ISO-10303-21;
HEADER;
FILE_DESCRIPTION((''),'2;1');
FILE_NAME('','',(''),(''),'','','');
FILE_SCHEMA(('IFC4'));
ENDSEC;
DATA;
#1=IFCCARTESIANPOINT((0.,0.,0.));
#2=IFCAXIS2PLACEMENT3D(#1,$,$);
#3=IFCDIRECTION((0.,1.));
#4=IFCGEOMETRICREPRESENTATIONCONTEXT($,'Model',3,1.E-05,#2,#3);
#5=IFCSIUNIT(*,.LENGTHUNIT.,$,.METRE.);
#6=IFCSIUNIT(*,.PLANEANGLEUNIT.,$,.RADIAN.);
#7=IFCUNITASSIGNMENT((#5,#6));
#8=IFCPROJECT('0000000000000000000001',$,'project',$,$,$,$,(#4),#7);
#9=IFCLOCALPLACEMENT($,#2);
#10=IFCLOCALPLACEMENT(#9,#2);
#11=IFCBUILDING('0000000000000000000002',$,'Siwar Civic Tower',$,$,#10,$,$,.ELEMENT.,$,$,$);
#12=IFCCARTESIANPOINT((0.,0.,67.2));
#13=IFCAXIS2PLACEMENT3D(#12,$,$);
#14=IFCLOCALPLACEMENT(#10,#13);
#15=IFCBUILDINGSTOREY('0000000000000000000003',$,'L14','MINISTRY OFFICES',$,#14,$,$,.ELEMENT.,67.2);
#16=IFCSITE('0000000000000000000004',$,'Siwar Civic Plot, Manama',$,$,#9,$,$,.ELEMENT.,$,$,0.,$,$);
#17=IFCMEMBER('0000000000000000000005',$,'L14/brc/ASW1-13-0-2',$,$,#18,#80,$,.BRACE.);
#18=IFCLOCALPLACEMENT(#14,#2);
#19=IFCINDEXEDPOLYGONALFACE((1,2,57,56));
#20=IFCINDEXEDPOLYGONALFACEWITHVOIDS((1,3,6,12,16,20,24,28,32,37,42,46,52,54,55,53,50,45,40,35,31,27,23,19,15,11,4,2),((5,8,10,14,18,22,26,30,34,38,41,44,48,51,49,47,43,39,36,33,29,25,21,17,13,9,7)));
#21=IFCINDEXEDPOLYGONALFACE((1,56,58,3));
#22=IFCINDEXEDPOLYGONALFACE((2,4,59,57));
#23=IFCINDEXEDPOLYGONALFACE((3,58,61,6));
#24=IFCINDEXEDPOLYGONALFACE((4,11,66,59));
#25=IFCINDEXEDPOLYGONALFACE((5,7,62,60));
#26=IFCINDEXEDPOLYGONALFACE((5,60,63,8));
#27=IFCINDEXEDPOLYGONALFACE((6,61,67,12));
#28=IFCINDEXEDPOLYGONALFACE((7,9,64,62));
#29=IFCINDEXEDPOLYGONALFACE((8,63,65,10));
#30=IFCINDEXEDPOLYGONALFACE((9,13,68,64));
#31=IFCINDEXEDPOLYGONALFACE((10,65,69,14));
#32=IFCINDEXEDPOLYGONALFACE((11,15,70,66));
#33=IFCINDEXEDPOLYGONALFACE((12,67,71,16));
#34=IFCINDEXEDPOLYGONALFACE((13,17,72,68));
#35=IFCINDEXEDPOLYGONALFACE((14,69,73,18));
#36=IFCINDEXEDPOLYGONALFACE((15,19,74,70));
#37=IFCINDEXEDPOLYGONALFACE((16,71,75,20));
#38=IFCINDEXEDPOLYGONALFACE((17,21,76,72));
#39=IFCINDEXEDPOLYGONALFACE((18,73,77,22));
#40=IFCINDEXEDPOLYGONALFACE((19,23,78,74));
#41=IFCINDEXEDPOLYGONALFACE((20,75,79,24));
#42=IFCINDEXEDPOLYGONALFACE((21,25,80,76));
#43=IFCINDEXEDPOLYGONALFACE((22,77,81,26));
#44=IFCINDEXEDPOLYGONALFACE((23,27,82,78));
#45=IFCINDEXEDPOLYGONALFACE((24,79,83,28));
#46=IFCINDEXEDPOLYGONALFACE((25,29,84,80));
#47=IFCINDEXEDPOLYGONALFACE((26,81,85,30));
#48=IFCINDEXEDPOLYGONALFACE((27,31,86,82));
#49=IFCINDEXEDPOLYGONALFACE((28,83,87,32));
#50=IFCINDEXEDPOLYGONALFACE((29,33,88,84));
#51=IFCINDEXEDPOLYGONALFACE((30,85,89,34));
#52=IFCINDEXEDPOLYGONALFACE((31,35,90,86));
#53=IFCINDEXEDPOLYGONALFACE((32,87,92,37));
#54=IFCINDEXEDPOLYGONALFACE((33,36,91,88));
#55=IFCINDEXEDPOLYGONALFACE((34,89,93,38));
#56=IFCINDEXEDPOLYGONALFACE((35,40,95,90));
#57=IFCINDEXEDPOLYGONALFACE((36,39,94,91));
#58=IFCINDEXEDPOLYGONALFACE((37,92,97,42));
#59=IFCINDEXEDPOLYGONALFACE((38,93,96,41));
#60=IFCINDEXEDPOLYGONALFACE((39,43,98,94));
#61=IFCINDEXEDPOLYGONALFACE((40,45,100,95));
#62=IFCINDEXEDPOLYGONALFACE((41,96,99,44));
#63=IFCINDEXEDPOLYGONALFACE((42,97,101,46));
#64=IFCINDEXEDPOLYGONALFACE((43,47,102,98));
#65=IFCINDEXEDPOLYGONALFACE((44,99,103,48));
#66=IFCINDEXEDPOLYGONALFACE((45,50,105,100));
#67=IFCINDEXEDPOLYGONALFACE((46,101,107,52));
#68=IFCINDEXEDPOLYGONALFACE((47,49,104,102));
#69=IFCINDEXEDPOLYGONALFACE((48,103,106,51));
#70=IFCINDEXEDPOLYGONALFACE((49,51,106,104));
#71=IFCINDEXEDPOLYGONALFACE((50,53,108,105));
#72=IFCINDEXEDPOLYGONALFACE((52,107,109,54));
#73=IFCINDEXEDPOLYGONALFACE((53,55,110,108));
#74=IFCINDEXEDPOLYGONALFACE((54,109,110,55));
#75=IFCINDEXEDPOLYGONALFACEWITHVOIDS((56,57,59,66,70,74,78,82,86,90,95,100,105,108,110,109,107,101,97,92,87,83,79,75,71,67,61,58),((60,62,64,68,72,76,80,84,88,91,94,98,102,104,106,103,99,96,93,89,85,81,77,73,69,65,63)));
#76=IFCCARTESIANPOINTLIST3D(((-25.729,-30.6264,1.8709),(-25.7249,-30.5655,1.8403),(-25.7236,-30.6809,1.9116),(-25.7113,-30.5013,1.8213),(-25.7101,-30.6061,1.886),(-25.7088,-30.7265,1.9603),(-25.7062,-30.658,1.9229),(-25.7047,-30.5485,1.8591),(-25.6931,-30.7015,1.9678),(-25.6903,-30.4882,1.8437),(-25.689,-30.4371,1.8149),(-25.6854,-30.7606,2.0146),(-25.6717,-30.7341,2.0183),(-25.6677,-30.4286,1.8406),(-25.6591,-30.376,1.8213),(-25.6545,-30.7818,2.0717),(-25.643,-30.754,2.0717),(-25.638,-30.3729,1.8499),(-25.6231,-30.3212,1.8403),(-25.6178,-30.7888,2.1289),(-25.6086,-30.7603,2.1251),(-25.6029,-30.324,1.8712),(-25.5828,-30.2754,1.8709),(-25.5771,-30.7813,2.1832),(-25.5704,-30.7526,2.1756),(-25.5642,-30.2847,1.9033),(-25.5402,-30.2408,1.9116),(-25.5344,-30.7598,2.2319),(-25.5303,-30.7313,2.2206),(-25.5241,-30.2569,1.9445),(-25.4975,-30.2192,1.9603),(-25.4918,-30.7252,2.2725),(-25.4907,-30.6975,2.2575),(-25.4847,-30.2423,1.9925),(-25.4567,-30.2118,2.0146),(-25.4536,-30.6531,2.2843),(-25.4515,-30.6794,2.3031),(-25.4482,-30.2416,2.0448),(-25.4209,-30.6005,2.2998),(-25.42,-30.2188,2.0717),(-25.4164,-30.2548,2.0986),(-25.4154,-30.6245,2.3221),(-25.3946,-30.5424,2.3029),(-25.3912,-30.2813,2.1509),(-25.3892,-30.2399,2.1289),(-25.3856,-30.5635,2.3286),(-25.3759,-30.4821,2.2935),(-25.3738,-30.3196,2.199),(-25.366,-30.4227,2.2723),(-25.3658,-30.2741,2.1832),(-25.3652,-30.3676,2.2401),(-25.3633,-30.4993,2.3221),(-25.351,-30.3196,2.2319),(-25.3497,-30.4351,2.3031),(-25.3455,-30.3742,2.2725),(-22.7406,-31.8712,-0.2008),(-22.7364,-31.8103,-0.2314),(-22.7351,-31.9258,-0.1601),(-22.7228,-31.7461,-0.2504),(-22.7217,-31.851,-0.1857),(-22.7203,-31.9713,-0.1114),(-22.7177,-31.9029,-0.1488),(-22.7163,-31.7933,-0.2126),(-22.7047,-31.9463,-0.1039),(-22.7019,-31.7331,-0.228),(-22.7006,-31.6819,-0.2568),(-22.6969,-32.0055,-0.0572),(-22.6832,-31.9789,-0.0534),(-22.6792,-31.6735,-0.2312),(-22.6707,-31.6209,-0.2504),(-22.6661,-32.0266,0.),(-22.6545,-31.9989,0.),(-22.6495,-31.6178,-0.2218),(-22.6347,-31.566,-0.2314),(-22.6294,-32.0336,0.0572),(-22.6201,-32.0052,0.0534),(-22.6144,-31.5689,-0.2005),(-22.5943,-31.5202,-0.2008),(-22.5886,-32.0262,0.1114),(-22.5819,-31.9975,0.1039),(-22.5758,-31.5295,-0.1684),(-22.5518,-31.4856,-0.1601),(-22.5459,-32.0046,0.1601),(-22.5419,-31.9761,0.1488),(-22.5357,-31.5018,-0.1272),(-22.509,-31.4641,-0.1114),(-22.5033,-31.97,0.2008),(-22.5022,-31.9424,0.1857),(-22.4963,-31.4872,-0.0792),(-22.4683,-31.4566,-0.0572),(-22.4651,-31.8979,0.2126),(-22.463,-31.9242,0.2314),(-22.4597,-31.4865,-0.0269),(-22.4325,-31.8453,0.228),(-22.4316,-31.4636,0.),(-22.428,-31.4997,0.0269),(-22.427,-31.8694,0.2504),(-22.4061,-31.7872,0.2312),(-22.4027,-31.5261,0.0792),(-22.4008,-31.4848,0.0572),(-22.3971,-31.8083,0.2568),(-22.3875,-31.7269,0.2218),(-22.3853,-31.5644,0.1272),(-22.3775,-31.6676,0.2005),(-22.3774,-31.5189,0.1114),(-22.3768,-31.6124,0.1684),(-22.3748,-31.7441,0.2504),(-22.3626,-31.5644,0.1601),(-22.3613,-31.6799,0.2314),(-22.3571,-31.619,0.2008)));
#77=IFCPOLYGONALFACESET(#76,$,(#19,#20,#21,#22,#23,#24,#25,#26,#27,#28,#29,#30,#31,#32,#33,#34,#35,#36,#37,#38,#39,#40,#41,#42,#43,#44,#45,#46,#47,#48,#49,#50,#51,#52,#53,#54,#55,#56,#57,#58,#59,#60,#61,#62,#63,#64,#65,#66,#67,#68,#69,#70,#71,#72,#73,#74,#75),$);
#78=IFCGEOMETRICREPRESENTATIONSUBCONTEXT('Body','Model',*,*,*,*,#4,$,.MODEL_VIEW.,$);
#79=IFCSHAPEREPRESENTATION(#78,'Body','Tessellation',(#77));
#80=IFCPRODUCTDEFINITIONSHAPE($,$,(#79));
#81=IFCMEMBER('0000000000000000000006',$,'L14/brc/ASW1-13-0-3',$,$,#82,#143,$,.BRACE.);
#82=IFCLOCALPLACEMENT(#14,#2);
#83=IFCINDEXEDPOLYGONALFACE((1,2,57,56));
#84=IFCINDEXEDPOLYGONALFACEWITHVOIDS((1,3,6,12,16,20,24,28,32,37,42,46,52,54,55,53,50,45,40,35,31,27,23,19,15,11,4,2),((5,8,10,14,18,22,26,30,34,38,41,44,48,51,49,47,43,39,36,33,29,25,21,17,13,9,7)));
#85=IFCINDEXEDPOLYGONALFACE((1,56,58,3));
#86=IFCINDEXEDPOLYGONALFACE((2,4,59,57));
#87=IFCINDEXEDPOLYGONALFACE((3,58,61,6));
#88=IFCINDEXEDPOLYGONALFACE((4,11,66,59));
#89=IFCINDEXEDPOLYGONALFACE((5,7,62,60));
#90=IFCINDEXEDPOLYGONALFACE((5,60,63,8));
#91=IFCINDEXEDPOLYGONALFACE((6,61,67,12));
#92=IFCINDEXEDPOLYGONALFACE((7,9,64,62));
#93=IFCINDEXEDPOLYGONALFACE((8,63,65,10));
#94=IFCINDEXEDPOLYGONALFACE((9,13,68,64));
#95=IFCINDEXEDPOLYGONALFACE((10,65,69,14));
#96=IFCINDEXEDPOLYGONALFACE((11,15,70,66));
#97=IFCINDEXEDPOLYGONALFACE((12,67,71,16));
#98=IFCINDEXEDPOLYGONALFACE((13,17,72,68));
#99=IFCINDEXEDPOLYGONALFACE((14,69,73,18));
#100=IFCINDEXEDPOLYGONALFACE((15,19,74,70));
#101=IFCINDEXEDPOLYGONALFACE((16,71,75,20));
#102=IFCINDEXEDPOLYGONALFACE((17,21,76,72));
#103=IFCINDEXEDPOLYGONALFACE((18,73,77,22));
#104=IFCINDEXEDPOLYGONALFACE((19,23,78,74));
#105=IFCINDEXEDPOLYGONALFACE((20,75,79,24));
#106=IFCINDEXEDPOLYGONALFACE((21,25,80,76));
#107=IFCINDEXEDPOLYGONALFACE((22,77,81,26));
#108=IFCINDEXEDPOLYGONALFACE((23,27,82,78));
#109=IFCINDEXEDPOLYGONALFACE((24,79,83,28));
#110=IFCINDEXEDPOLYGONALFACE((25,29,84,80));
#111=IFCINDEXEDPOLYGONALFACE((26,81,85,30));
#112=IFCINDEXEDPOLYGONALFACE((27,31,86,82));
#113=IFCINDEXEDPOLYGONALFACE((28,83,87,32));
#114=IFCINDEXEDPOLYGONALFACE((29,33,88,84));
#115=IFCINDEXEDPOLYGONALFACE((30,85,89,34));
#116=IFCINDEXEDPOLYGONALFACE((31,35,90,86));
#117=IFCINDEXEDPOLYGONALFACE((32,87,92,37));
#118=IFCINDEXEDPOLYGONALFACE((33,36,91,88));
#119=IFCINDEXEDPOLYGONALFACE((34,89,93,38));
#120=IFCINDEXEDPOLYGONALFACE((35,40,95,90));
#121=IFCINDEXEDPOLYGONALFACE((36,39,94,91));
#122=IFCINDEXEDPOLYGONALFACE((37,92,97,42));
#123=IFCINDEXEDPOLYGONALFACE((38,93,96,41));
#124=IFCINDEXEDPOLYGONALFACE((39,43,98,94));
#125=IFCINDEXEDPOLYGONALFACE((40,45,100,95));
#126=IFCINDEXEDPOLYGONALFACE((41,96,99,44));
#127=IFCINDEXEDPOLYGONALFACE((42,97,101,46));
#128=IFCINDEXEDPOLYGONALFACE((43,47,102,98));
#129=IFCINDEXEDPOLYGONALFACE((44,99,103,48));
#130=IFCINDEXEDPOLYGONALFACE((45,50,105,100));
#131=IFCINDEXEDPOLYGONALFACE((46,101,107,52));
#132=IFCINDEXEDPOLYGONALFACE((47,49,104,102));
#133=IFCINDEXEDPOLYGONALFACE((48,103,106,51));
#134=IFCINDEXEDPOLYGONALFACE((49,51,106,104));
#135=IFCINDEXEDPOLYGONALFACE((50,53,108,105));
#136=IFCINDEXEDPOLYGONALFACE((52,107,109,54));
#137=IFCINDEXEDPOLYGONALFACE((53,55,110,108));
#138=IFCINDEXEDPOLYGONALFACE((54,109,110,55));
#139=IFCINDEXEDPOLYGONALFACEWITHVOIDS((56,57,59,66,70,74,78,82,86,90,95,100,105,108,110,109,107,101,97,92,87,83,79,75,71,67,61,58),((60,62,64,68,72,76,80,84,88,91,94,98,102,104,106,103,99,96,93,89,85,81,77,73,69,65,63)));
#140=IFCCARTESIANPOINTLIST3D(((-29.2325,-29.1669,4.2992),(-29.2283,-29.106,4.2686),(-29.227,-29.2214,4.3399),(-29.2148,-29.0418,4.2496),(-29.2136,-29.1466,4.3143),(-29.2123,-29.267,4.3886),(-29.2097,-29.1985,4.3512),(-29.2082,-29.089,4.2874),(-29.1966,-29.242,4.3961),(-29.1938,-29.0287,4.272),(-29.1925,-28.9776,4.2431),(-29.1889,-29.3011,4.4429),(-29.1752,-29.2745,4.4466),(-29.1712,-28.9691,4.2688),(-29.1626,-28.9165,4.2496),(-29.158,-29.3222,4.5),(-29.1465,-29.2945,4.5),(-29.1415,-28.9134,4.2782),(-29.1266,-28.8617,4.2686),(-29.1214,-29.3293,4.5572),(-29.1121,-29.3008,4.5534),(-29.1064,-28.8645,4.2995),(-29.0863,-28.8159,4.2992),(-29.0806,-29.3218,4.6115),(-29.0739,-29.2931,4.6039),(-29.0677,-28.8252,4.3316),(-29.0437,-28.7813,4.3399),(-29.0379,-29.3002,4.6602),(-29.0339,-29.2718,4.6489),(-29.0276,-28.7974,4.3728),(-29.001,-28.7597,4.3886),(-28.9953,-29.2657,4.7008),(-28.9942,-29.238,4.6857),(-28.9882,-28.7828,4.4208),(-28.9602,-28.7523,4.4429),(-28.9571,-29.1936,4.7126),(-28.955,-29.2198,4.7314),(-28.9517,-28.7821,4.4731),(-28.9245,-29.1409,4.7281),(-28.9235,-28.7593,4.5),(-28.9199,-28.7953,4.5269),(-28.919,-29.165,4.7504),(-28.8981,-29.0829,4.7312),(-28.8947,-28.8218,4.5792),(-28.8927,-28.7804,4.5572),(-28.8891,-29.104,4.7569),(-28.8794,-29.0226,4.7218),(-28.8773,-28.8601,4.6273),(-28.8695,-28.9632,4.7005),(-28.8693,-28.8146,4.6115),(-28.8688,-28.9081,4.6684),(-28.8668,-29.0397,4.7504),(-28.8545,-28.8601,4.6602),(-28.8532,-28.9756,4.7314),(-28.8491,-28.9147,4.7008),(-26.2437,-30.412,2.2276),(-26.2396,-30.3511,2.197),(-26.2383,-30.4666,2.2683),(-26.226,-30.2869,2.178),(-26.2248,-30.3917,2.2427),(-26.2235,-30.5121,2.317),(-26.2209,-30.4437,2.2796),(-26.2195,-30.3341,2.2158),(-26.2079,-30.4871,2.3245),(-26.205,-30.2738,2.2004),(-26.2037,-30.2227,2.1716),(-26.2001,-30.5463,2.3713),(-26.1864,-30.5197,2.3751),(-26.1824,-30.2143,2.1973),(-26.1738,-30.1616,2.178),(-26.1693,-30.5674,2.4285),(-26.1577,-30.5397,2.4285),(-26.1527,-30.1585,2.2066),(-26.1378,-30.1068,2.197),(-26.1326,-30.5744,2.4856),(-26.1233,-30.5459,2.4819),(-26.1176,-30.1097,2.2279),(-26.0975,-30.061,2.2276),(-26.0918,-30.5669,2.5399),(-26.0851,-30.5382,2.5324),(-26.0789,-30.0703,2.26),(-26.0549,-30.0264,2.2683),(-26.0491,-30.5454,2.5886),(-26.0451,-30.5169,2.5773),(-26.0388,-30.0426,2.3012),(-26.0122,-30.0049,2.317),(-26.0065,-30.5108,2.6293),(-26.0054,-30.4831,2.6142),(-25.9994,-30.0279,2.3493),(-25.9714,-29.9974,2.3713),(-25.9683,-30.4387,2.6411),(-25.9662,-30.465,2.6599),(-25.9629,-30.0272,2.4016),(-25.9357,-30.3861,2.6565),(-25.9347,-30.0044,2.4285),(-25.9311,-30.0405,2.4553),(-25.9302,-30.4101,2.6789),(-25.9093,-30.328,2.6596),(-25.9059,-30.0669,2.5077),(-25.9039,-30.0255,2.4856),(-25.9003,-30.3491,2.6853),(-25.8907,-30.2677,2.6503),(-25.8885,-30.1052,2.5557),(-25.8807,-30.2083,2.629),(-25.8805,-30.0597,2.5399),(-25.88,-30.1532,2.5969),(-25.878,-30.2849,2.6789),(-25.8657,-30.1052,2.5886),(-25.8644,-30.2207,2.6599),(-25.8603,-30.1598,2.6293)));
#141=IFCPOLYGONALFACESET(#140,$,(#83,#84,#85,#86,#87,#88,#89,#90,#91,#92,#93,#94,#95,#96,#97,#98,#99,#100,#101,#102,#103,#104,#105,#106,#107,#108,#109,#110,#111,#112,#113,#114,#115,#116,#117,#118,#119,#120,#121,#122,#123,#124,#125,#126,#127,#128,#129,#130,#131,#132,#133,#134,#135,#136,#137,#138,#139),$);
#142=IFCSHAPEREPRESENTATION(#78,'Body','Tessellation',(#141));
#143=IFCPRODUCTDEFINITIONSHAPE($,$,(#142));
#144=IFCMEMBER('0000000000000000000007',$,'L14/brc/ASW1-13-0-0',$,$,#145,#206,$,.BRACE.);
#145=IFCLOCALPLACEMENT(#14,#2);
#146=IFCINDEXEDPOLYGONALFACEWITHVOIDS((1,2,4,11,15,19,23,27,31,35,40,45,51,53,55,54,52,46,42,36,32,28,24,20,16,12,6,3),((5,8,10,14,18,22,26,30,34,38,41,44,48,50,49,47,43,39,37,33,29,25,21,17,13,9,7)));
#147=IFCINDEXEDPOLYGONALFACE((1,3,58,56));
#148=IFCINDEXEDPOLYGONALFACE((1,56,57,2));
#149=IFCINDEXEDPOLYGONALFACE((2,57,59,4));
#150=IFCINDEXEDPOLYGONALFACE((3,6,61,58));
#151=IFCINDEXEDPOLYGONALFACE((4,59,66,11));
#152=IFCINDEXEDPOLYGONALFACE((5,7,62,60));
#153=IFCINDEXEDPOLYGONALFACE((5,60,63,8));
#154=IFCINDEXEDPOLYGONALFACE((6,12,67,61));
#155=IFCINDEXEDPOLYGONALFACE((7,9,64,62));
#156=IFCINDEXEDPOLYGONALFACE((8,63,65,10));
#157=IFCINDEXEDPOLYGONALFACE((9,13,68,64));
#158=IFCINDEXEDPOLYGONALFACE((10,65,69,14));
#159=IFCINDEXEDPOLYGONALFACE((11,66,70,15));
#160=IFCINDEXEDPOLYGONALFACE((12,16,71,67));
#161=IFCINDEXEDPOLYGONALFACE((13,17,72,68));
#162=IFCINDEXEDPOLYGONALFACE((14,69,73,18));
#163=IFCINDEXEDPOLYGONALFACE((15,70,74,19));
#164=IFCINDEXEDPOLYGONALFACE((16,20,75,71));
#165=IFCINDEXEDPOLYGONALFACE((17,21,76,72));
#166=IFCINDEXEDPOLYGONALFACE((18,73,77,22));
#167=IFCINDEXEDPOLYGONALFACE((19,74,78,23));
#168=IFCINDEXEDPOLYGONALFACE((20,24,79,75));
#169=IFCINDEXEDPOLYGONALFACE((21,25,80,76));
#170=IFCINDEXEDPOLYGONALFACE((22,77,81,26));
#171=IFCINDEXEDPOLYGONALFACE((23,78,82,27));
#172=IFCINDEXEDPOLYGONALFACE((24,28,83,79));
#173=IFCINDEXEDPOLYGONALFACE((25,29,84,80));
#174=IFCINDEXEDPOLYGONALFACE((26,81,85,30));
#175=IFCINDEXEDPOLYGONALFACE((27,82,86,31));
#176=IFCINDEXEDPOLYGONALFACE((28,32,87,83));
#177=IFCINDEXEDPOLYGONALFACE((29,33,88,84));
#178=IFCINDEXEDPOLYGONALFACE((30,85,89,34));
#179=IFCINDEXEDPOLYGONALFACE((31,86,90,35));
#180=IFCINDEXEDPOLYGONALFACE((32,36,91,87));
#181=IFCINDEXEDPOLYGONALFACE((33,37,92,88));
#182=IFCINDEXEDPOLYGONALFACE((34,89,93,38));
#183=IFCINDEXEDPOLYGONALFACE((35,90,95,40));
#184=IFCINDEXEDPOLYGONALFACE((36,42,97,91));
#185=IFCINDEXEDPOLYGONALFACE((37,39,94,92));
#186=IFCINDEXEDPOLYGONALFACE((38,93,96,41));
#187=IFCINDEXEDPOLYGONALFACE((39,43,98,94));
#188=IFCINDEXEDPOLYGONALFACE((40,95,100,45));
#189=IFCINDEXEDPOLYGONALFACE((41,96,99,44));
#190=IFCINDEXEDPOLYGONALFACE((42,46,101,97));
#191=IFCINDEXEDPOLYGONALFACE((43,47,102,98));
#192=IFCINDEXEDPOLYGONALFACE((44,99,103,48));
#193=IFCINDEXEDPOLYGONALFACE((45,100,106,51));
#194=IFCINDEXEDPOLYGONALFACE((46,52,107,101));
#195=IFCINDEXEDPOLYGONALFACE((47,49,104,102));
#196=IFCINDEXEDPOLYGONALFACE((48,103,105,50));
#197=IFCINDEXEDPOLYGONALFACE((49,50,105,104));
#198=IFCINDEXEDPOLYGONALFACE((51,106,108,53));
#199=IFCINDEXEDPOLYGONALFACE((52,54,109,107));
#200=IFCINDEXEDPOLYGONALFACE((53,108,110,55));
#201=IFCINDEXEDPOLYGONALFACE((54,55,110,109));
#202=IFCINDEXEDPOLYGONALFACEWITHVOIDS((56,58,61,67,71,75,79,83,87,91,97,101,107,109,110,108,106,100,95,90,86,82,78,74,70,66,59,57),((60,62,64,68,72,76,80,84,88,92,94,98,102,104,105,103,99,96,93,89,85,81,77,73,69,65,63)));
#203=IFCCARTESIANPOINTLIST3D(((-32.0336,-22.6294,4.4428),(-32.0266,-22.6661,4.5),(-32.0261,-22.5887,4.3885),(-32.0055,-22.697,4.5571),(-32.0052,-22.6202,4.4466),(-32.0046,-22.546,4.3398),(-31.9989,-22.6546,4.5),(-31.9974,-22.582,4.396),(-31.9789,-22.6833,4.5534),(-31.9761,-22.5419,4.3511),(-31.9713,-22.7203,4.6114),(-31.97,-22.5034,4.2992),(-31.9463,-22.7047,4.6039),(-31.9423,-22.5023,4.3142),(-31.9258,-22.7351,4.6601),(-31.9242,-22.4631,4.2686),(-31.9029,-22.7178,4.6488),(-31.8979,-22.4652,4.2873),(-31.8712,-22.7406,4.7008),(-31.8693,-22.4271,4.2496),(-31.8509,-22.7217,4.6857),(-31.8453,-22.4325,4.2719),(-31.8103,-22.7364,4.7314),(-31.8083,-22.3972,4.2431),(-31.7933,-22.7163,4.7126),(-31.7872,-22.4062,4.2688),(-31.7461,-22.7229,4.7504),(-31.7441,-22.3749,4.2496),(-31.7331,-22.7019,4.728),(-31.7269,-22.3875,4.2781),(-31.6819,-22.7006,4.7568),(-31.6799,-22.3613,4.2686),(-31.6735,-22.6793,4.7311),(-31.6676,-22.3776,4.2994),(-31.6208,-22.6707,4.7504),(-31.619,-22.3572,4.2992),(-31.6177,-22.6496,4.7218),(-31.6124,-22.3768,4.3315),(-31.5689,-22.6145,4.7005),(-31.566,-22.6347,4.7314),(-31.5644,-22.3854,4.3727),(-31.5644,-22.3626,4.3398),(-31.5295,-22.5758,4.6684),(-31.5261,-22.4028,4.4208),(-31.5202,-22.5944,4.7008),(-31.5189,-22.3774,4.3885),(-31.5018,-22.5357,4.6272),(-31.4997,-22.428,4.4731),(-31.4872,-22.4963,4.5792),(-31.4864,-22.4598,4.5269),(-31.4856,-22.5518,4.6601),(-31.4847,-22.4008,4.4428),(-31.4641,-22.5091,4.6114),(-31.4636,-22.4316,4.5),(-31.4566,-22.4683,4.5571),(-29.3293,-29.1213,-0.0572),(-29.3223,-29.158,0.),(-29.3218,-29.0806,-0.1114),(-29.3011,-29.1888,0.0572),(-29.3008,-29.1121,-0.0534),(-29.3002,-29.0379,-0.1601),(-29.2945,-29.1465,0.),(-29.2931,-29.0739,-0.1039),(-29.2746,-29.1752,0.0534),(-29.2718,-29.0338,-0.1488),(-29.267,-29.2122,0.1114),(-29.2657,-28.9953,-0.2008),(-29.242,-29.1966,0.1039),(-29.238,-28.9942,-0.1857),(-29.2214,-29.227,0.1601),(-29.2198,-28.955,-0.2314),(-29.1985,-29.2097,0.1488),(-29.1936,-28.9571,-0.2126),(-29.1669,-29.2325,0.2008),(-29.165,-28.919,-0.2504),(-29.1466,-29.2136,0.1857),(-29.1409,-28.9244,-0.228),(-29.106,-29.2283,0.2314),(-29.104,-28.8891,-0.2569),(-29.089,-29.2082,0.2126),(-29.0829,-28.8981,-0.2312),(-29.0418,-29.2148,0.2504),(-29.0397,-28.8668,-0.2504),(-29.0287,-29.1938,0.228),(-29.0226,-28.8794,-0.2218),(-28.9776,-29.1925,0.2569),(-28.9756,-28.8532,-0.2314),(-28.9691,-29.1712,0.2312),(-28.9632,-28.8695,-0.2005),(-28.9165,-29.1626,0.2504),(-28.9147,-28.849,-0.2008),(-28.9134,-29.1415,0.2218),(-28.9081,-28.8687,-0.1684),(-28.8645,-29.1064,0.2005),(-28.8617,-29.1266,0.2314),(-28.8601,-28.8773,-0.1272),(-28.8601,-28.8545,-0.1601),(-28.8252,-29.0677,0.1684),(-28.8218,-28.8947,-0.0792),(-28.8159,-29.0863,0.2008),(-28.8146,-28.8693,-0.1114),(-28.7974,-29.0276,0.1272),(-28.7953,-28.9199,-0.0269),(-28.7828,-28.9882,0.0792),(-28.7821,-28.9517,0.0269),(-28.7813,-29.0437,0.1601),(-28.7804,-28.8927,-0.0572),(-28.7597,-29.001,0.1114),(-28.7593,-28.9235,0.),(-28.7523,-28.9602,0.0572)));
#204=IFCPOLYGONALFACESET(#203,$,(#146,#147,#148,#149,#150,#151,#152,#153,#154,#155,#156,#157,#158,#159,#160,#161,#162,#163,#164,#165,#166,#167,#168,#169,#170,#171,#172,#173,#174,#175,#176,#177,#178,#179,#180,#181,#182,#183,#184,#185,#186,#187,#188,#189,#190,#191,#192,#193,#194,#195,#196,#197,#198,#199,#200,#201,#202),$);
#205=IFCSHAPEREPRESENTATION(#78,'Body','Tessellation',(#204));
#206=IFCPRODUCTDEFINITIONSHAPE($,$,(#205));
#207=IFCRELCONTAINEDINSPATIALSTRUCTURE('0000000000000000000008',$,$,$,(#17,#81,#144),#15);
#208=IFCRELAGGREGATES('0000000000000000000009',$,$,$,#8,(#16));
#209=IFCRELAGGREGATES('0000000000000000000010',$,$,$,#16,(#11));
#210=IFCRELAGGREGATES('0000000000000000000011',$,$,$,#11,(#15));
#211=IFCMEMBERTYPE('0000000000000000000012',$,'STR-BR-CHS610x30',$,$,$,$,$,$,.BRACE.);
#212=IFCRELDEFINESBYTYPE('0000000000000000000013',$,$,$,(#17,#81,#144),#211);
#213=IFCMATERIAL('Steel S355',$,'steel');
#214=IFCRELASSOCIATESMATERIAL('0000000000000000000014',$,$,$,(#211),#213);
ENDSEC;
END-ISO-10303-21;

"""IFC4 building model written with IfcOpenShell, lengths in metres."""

from ifc_helpers import new_model, si_unit, direction, frame, origin, origin_2d, place, context, subcontext, project, spatial, hollow_circle, extrude, material, material_profile, profile_set, type_object, element, save


model = new_model("IFC4")

# Units and contexts
model_context = context("Model", 3, precision=1e-05, world=origin(), true_north=direction((0.0, 1.0)))
body_context = subcontext(model_context, "Body", "Model", "MODEL_VIEW")
ifc_project = project(units=[si_unit("LENGTHUNIT", "METRE"), si_unit("PLANEANGLEUNIT", "RADIAN")], contexts=[model_context])

# Site, building, storey
site_placement = place(None, origin())
site = spatial("IfcSite", under=ifc_project, at=site_placement, Name="Siwar Civic Plot, Manama", CompositionType="ELEMENT", RefElevation=0.0)
building_placement = place(site_placement, origin())
building = spatial("IfcBuilding", under=site, at=building_placement, Name="Siwar Civic Tower", CompositionType="ELEMENT")
storey_placement = place(building_placement, frame((0.0, 0.0, 67.2)))
storey = spatial("IfcBuildingStorey", under=building, at=storey_placement, Name="L14", Description="MINISTRY OFFICES", CompositionType="ELEMENT", Elevation=67.2)

# Members
ifc_material_1 = material(Name="Steel S355", Category="steel")
ifc_material_profile_1 = material_profile(ifc_material_1, hollow_circle(Radius=0.3049, WallThickness=0.03, at=origin_2d()), Name="CHS610x30")
ifc_profile_set_1 = profile_set([ifc_material_profile_1], Name="Steel S355")
member_type_1 = type_object("IfcMemberType", Name="STR-BR-CHS610x30", PredefinedType="BRACE", material=ifc_profile_set_1)
member_1_placement = place(storey_placement, frame((-22.5488, -31.7451, 0.0), z_axis=(-0.777533, 0.323882, 0.53902), x_axis=(-0.384524, -0.923115, 0.0)))
element("IfcMember", 1, at=member_1_placement, inside=storey, type_object=member_type_1, Name="L14/brc/ASW1-13-0-2", PredefinedType="BRACE", context=body_context, shape_type="SweptSolid", body=[
    extrude(hollow_circle(Radius=0.3049, WallThickness=0.03, at=origin_2d()), origin(), (0.0, 0.0, 1.0), 3.8435),
])
member_2_placement = place(storey_placement, frame((-26.052, -30.2859, 2.4285), z_axis=(-0.777569, 0.323934, 0.538937), x_axis=(-0.384562, -0.923099, 0.0)))
element("IfcMember", 2, at=member_2_placement, inside=storey, type_object=member_type_1, Name="L14/brc/ASW1-13-0-3", PredefinedType="BRACE", context=body_context, shape_type="SweptSolid", body=[
    extrude(hollow_circle(Radius=0.3049, WallThickness=0.03, at=origin_2d()), origin(), (0.0, 0.0, 1.0), 3.8438),
])
member_3_placement = place(storey_placement, frame((-29.0408, -29.0408, 0.0), z_axis=(-0.323906, 0.777555, 0.538975), x_axis=(-0.923109, -0.384539, 0.0)))
element("IfcMember", 3, at=member_3_placement, inside=storey, type_object=member_type_1, Name="L14/brc/ASW1-13-0-0", PredefinedType="BRACE", context=body_context, shape_type="SweptSolid", body=[
    extrude(hollow_circle(Radius=0.3049, WallThickness=0.03, at=origin_2d()), origin(), (0.0, 0.0, 1.0), 8.3491),
])

save(model, "model.ifc")
